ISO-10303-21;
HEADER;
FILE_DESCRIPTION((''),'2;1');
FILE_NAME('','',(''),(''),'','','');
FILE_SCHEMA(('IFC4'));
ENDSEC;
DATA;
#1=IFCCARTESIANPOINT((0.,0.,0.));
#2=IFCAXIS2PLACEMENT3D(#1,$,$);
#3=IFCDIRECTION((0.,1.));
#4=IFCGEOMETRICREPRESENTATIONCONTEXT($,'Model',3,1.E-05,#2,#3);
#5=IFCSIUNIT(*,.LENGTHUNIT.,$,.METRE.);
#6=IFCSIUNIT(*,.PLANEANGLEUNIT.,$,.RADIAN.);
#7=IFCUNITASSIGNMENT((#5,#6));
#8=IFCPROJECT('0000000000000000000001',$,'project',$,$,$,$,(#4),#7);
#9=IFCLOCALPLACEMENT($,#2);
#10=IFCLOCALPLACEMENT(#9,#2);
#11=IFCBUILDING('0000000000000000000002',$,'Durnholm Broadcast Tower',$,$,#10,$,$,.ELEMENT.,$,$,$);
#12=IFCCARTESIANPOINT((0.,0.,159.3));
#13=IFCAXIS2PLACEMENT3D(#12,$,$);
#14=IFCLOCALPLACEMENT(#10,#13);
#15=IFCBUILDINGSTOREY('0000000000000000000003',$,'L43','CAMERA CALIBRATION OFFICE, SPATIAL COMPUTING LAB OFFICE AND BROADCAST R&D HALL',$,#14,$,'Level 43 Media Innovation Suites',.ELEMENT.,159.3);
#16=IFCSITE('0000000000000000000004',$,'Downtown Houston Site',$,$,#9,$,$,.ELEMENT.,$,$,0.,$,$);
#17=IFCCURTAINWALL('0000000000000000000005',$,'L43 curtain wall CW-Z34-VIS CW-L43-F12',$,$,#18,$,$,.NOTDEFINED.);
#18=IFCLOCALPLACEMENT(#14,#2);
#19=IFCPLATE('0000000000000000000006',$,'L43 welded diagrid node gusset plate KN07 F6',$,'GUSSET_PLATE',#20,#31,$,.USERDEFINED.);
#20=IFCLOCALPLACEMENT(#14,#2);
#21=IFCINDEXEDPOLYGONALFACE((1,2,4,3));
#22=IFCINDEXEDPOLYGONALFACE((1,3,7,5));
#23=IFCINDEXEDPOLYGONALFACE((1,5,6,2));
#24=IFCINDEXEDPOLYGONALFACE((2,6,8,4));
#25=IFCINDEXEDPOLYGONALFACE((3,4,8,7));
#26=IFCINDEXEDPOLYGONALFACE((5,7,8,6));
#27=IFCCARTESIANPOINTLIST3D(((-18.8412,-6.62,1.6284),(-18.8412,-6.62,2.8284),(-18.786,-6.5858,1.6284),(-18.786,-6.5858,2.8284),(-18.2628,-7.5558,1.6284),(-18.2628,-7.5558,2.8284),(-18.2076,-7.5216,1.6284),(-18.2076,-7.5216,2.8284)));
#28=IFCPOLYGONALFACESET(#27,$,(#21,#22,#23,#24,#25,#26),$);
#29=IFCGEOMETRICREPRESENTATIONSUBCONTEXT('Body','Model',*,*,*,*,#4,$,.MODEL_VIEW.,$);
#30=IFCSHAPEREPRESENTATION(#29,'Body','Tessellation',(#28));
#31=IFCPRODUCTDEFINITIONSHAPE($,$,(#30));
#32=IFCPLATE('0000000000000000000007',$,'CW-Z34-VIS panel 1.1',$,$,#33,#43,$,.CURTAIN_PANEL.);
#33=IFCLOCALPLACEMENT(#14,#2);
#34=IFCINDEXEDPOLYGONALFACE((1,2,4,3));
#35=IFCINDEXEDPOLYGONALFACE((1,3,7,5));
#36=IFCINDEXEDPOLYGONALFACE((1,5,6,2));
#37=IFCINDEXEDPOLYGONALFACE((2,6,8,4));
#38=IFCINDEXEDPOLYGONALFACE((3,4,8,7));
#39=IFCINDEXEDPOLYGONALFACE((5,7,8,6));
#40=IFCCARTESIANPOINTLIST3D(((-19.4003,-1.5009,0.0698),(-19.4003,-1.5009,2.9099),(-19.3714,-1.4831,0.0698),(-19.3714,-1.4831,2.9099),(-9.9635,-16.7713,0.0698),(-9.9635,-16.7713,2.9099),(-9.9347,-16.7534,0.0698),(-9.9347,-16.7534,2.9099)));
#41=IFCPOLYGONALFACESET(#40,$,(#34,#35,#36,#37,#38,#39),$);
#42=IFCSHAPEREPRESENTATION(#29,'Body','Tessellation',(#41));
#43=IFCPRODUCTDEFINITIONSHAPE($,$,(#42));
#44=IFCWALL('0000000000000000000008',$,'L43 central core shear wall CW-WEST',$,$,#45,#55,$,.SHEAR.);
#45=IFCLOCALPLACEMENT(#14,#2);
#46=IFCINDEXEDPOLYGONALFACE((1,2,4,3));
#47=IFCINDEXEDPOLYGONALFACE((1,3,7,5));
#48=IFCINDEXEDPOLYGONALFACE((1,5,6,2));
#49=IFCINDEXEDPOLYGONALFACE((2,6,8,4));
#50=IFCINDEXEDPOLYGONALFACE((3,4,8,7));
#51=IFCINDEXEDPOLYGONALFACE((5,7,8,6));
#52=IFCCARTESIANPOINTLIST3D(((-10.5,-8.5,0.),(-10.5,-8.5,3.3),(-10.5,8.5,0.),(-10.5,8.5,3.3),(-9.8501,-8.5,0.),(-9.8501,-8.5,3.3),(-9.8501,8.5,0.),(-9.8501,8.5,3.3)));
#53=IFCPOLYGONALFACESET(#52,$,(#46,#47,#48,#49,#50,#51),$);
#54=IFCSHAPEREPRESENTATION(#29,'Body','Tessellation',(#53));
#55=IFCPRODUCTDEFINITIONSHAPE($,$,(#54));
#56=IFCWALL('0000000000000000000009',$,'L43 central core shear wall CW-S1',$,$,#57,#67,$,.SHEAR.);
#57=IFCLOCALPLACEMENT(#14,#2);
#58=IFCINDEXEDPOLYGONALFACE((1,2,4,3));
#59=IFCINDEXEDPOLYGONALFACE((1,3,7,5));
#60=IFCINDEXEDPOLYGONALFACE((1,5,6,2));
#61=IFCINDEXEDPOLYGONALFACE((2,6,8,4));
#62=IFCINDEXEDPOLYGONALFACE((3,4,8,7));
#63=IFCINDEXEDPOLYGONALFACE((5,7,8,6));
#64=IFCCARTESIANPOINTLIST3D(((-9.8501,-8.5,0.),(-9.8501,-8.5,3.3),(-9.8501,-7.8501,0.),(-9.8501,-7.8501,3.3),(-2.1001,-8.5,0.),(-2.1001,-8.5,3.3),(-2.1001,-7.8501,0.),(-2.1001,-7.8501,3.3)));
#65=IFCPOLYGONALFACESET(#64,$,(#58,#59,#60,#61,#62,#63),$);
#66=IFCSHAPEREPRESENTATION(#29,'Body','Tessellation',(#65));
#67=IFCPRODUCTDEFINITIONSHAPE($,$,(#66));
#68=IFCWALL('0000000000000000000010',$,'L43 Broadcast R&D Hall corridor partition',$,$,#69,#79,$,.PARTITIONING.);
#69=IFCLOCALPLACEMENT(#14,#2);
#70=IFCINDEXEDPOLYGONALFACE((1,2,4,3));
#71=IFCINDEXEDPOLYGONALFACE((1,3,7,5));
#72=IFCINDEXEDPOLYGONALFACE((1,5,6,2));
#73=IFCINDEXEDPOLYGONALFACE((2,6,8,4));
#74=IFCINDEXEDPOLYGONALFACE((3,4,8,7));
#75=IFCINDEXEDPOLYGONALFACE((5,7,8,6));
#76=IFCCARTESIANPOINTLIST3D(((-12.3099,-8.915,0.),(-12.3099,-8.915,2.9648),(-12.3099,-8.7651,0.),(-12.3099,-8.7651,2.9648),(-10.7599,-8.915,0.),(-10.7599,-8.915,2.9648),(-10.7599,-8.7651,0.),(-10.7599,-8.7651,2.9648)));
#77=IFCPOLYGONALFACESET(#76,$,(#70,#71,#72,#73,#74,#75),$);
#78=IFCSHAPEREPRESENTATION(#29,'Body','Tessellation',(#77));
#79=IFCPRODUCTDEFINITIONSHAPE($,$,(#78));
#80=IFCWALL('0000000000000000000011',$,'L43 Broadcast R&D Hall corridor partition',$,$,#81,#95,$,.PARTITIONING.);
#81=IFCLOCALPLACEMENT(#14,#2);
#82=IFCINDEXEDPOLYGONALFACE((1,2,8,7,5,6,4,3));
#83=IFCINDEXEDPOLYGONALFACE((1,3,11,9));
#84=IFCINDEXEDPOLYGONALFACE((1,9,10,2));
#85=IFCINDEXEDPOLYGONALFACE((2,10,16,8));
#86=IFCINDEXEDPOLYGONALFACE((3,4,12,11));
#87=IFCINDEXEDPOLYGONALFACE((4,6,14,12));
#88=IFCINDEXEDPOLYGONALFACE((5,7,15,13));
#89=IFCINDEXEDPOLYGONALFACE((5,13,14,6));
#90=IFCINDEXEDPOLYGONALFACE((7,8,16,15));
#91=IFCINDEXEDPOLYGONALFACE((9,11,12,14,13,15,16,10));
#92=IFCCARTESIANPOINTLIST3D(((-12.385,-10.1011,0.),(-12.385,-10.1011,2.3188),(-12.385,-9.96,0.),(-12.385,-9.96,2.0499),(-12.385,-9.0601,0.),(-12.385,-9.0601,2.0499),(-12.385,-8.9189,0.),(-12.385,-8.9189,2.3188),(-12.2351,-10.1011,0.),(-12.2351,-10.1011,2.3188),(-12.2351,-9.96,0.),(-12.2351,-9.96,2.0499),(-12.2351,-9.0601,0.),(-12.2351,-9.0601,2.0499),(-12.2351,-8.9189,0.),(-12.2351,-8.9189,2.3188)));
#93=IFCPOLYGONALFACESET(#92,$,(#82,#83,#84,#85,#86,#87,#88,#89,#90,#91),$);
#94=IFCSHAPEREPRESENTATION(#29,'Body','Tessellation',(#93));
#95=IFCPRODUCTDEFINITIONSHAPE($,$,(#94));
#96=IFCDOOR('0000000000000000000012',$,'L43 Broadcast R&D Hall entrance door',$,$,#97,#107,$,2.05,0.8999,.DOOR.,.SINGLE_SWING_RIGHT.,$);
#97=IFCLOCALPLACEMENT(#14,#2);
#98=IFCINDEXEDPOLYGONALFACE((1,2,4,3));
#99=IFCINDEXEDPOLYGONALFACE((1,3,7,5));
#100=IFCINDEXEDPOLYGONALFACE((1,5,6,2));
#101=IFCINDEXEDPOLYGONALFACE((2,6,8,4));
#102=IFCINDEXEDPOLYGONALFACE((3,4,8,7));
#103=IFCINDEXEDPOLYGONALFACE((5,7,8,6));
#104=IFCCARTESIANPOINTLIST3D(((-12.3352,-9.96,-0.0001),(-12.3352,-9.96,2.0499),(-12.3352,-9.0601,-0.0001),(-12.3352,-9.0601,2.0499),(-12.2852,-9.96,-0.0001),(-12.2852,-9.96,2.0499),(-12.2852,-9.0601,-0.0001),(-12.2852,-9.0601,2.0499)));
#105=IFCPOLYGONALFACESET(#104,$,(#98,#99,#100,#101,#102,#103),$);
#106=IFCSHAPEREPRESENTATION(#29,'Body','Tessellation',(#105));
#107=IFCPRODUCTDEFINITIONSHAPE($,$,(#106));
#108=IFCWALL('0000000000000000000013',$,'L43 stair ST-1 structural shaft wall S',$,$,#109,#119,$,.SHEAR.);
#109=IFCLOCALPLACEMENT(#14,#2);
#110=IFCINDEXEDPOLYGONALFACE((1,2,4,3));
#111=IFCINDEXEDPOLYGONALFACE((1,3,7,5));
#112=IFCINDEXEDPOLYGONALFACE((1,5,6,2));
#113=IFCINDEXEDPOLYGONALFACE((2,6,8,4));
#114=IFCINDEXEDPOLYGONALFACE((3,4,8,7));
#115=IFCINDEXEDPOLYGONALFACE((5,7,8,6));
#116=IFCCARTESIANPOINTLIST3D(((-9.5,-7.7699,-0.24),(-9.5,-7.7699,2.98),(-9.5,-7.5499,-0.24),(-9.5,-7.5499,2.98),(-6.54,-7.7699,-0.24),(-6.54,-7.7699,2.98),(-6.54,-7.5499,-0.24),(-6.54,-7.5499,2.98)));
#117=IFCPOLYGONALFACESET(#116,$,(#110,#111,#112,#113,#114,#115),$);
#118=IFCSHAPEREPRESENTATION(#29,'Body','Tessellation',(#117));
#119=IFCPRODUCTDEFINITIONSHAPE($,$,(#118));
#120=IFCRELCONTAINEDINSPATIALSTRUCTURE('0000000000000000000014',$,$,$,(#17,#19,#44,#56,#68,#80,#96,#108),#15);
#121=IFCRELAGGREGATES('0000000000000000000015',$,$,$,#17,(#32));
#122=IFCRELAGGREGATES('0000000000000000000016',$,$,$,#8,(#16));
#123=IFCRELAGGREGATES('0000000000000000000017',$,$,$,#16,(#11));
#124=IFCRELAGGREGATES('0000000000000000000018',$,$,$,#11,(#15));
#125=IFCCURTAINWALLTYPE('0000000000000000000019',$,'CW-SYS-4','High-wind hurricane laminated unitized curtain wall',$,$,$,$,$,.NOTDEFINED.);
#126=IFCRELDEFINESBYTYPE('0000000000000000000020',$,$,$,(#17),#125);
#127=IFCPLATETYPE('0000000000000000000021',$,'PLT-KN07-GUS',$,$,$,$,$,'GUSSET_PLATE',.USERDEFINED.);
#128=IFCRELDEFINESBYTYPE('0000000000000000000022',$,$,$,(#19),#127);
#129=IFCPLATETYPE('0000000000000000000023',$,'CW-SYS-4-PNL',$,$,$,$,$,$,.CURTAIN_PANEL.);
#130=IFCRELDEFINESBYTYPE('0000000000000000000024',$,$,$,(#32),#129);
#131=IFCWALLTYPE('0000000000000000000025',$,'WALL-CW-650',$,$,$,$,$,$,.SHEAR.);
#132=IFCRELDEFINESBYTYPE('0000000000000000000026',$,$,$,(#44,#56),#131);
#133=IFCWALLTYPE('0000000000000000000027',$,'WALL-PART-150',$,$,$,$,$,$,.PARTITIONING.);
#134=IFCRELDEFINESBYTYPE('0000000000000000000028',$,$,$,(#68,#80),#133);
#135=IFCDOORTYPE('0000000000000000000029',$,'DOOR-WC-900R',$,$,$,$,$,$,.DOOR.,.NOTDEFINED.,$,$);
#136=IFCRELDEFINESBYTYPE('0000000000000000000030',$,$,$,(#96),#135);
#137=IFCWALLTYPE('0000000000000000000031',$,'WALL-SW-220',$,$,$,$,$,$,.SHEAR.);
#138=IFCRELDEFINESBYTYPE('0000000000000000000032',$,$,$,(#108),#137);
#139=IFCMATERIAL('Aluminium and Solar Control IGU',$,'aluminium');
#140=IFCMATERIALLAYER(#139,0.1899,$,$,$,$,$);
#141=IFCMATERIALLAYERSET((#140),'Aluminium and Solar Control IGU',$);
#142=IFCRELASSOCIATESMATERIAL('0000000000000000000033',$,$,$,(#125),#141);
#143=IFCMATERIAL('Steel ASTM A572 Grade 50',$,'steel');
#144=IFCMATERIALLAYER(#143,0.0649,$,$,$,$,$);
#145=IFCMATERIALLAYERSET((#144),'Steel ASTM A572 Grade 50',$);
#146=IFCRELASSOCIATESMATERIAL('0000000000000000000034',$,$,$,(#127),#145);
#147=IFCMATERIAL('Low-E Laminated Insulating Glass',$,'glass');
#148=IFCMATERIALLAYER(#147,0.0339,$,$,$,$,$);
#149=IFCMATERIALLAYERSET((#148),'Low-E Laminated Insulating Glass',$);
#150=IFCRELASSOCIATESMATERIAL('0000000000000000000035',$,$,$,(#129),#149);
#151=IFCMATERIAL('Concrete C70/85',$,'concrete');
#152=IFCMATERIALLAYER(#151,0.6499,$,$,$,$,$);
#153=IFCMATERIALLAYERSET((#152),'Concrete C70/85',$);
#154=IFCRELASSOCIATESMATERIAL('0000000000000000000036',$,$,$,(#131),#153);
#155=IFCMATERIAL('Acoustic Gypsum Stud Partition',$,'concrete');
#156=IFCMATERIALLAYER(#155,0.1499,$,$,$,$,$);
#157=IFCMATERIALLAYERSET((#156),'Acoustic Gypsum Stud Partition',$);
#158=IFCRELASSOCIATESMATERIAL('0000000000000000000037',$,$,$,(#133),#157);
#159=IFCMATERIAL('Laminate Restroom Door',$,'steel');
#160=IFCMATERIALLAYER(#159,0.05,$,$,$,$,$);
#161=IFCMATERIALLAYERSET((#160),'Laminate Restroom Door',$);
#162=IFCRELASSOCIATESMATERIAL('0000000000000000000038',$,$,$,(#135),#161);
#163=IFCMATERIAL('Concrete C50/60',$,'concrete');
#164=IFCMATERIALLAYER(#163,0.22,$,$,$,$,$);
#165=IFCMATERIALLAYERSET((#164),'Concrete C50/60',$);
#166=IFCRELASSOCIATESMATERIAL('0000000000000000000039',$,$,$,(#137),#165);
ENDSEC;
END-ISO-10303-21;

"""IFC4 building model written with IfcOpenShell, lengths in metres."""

from ifc_helpers import new_model, si_unit, direction, frame, frame_2d, origin, origin_2d, place, context, subcontext, project, spatial, rectangle, extrude, source, transform, mapped, material, layer, layer_set, type_object, type_shapes, element, fill, aggregate, save


model = new_model("IFC4")

# Units and contexts
model_context = context("Model", 3, precision=1e-05, world=origin(), true_north=direction((0.0, 1.0)))
body_context = subcontext(model_context, "Body", "Model", "MODEL_VIEW")
ifc_project = project(units=[si_unit("LENGTHUNIT", "METRE"), si_unit("PLANEANGLEUNIT", "RADIAN")], contexts=[model_context])

# Site, building, storey
site_placement = place(None, origin())
site = spatial("IfcSite", under=ifc_project, at=site_placement, Name="Downtown Houston Site", CompositionType="ELEMENT", RefElevation=0.0)
building_placement = place(site_placement, origin())
building = spatial("IfcBuilding", under=site, at=building_placement, Name="Durnholm Broadcast Tower", CompositionType="ELEMENT")
storey_placement = place(building_placement, frame((0.0, 0.0, 159.3)))
storey = spatial("IfcBuildingStorey", under=building, at=storey_placement, Name="L43", Description="CAMERA CALIBRATION OFFICE, SPATIAL COMPUTING LAB OFFICE AND BROADCAST R&D HALL", LongName="Level 43 Media Innovation Suites", CompositionType="ELEMENT", Elevation=159.3)

# Shared definitions
ifc_material_1 = material(Name="Concrete C70/85", Category="concrete")

# Shared definitions
ifc_material_2 = material(Name="Aluminium and Solar Control IGU", Category="aluminium")

# Curtain wall
ifc_layer_1 = layer(ifc_material_2, 0.1899)
ifc_layer_set_1 = layer_set([ifc_layer_1], Name="Aluminium and Solar Control IGU")
curtain_wall_type_1 = type_object("IfcCurtainWallType", Name="CW-SYS-4", Description="High-wind hurricane laminated unitized curtain wall", PredefinedType="NOTDEFINED", material=ifc_layer_set_1)
curtain_wall_1_placement = place(storey_placement, origin())
curtain_wall_1 = element("IfcCurtainWall", 1, at=curtain_wall_1_placement, inside=storey, type_object=curtain_wall_type_1, Name="L43 curtain wall CW-Z34-VIS CW-L43-F12", PredefinedType="NOTDEFINED")

# Plate
ifc_material_3 = material(Name="Steel ASTM A572 Grade 50", Category="steel")
ifc_layer_2 = layer(ifc_material_3, 0.0649)
ifc_layer_set_2 = layer_set([ifc_layer_2], Name="Steel ASTM A572 Grade 50")
plate_type_1 = type_object("IfcPlateType", Name="PLT-KN07-GUS", ElementType="GUSSET_PLATE", PredefinedType="USERDEFINED", material=ifc_layer_set_2)
shared_shape_1 = source(origin(), body_context, "Body", "SweptSolid", [
    extrude(rectangle(XDim=1.1001, YDim=0.0649, at=origin_2d()), origin(), (0.0, 0.0, 1.0), 1.2),
])
type_shapes(plate_type_1, [shared_shape_1])
plate_1_placement = place(storey_placement, frame((-18.5244, -7.0708, 1.6284), z_axis=(0.0, 0.0, 1.0), x_axis=(0.525769, -0.850628, 0.0)))
element("IfcPlate", 2, at=plate_1_placement, inside=storey, type_object=plate_type_1, Name="L43 welded diagrid node gusset plate KN07 F6", ObjectType="GUSSET_PLATE", PredefinedType="USERDEFINED", context=body_context, shape_type="MappedRepresentation", body=[
    mapped(shared_shape_1, transform((0.0, 0.0, 0.0), x_axis=(1.0, 0.0, 0.0), y_axis=(0.0, 1.0, 0.0), z_axis=(0.0, 0.0, 1.0), scale=1.0)),
])

# Plate
ifc_material_4 = material(Name="Low-E Laminated Insulating Glass", Category="glass")
ifc_layer_3 = layer(ifc_material_4, 0.0339)
ifc_layer_set_3 = layer_set([ifc_layer_3], Name="Low-E Laminated Insulating Glass")
plate_type_2 = type_object("IfcPlateType", Name="CW-SYS-4-PNL", PredefinedType="CURTAIN_PANEL", material=ifc_layer_set_3)
shared_shape_2 = source(origin(), body_context, "Body", "SweptSolid", [
    extrude(rectangle(XDim=17.9509, YDim=0.0339, at=origin_2d()), origin(), (0.0, 0.0, 1.0), 2.8401),
])
type_shapes(plate_type_2, [shared_shape_2])
plate_2_placement = place(storey_placement, frame((-14.6675, -9.1272, 0.0698), z_axis=(0.0, 0.0, 1.0), x_axis=(-0.525698, 0.850671, 0.0)))
plate_2 = element("IfcPlate", 3, at=plate_2_placement, type_object=plate_type_2, Name="CW-Z34-VIS panel 1.1", PredefinedType="CURTAIN_PANEL", context=body_context, shape_type="MappedRepresentation", body=[
    mapped(shared_shape_2, transform((0.0, 0.0, 0.0), x_axis=(1.0, 0.0, 0.0), y_axis=(0.0, 1.0, 0.0), z_axis=(0.0, 0.0, 1.0), scale=1.0)),
])
aggregate(curtain_wall_1, [plate_2])

# Walls
ifc_layer_4 = layer(ifc_material_1, 0.6499)
ifc_layer_set_4 = layer_set([ifc_layer_4], Name="Concrete C70/85")
wall_type_1 = type_object("IfcWallType", Name="WALL-CW-650", PredefinedType="SHEAR", material=ifc_layer_set_4)
wall_1_placement = place(storey_placement, frame((-10.175, -8.5, 0.0), z_axis=(0.0, 0.0, 1.0), x_axis=(0.0, 1.0, 0.0)))
element("IfcWall", 4, at=wall_1_placement, inside=storey, type_object=wall_type_1, Name="L43 central core shear wall CW-WEST", PredefinedType="SHEAR", context=body_context, shape_type="SweptSolid", body=[
    extrude(rectangle(XDim=17.0, YDim=0.6499, at=frame_2d((8.5, 0.0))), origin(), (0.0, 0.0, 1.0), 3.3),
])
wall_2_placement = place(storey_placement, frame((-9.8501, -8.175, 0.0), z_axis=(0.0, 0.0, 1.0), x_axis=(1.0, 0.0, 0.0)))
element("IfcWall", 5, at=wall_2_placement, inside=storey, type_object=wall_type_1, Name="L43 central core shear wall CW-S1", PredefinedType="SHEAR", context=body_context, shape_type="SweptSolid", body=[
    extrude(rectangle(XDim=7.75, YDim=0.6499, at=frame_2d((3.875, 0.0))), origin(), (0.0, 0.0, 1.0), 3.3),
])
ifc_material_5 = material(Name="Acoustic Gypsum Stud Partition", Category="concrete")
ifc_layer_5 = layer(ifc_material_5, 0.1499)
ifc_layer_set_5 = layer_set([ifc_layer_5], Name="Acoustic Gypsum Stud Partition")
wall_type_2 = type_object("IfcWallType", Name="WALL-PART-150", PredefinedType="PARTITIONING", material=ifc_layer_set_5)
wall_3_placement = place(storey_placement, frame((-10.76, -8.8401, 0.0), z_axis=(0.0, 0.0, 1.0), x_axis=(-1.0, 0.0, 0.0)))
element("IfcWall", 6, at=wall_3_placement, inside=storey, type_object=wall_type_2, Name="L43 Broadcast R&D Hall corridor partition", PredefinedType="PARTITIONING", context=body_context, shape_type="SweptSolid", body=[
    extrude(rectangle(XDim=1.55, YDim=0.1499, at=frame_2d((0.7749, 0.0))), origin(), (0.0, 0.0, 1.0), 2.9648),
])

# Wall, opening, door
wall_4_placement = place(storey_placement, frame((-12.3101, -8.9189, 0.0), z_axis=(0.0, 0.0, 1.0), x_axis=(0.0, -1.0, 0.0)))
wall_4 = element("IfcWall", 7, at=wall_4_placement, inside=storey, type_object=wall_type_2, Name="L43 Broadcast R&D Hall corridor partition", PredefinedType="PARTITIONING", context=body_context, shape_type="SweptSolid", body=[
    extrude(rectangle(XDim=1.1821, YDim=0.1499, at=frame_2d((0.5911, 0.0))), origin(), (0.0, 0.0, 1.0), 2.3188),
])
opening_placement = place(wall_4_placement, frame((0.1411, 0.0, 0.0)))
opening = element("IfcOpeningElement", 8, at=opening_placement, cuts=wall_4, PredefinedType="OPENING", context=body_context, shape_type="SweptSolid", body=[
    extrude(rectangle(XDim=0.8999, YDim=2.05, at=frame_2d((0.45, 1.0249))), frame((0.0, 0.085, 0.0), z_axis=(0.0, -1.0, 0.0), x_axis=(1.0, 0.0, 0.0)), (0.0, 0.0, 1.0), 0.1699),
])
ifc_material_6 = material(Name="Laminate Restroom Door", Category="steel")
ifc_layer_6 = layer(ifc_material_6, 0.05)
ifc_layer_set_6 = layer_set([ifc_layer_6], Name="Laminate Restroom Door")
door_type = type_object("IfcDoorType", Name="DOOR-WC-900R", OperationType="NOTDEFINED", PredefinedType="DOOR", material=ifc_layer_set_6)
shared_shape_3 = source(origin(), body_context, "Body", "SweptSolid", [
    extrude(rectangle(XDim=0.8999, YDim=2.05, at=frame_2d((0.45, 1.0249))), frame((0.0, 0.0249, 0.0), z_axis=(0.0, -1.0, 0.0), x_axis=(1.0, 0.0, 0.0)), (0.0, 0.0, 1.0), 0.05),
])
type_shapes(door_type, [shared_shape_3])
door_placement = place(opening_placement, origin())
door = element("IfcDoor", 9, at=door_placement, inside=storey, type_object=door_type, Name="L43 Broadcast R&D Hall entrance door", OperationType="SINGLE_SWING_RIGHT", OverallHeight=2.05, OverallWidth=0.8999, PredefinedType="DOOR", context=body_context, shape_type="MappedRepresentation", body=[
    mapped(shared_shape_3, transform((0.0, 0.0, 0.0), x_axis=(1.0, 0.0, 0.0), y_axis=(0.0, 1.0, 0.0), z_axis=(0.0, 0.0, 1.0), scale=1.0)),
])
fill(opening, door)

# Wall
ifc_material_7 = material(Name="Concrete C50/60", Category="concrete")
ifc_layer_7 = layer(ifc_material_7, 0.22)
ifc_layer_set_7 = layer_set([ifc_layer_7], Name="Concrete C50/60")
wall_type_3 = type_object("IfcWallType", Name="WALL-SW-220", PredefinedType="SHEAR", material=ifc_layer_set_7)
wall_5_placement = place(storey_placement, frame((-9.5, -7.6599, -0.24), z_axis=(0.0, 0.0, 1.0), x_axis=(1.0, 0.0, 0.0)))
element("IfcWall", 10, at=wall_5_placement, inside=storey, type_object=wall_type_3, Name="L43 stair ST-1 structural shaft wall S", PredefinedType="SHEAR", context=body_context, shape_type="SweptSolid", body=[
    extrude(rectangle(XDim=2.96, YDim=0.22, at=frame_2d((1.48, 0.0))), origin(), (0.0, 0.0, 1.0), 3.22),
])

save(model, "model.ifc")
